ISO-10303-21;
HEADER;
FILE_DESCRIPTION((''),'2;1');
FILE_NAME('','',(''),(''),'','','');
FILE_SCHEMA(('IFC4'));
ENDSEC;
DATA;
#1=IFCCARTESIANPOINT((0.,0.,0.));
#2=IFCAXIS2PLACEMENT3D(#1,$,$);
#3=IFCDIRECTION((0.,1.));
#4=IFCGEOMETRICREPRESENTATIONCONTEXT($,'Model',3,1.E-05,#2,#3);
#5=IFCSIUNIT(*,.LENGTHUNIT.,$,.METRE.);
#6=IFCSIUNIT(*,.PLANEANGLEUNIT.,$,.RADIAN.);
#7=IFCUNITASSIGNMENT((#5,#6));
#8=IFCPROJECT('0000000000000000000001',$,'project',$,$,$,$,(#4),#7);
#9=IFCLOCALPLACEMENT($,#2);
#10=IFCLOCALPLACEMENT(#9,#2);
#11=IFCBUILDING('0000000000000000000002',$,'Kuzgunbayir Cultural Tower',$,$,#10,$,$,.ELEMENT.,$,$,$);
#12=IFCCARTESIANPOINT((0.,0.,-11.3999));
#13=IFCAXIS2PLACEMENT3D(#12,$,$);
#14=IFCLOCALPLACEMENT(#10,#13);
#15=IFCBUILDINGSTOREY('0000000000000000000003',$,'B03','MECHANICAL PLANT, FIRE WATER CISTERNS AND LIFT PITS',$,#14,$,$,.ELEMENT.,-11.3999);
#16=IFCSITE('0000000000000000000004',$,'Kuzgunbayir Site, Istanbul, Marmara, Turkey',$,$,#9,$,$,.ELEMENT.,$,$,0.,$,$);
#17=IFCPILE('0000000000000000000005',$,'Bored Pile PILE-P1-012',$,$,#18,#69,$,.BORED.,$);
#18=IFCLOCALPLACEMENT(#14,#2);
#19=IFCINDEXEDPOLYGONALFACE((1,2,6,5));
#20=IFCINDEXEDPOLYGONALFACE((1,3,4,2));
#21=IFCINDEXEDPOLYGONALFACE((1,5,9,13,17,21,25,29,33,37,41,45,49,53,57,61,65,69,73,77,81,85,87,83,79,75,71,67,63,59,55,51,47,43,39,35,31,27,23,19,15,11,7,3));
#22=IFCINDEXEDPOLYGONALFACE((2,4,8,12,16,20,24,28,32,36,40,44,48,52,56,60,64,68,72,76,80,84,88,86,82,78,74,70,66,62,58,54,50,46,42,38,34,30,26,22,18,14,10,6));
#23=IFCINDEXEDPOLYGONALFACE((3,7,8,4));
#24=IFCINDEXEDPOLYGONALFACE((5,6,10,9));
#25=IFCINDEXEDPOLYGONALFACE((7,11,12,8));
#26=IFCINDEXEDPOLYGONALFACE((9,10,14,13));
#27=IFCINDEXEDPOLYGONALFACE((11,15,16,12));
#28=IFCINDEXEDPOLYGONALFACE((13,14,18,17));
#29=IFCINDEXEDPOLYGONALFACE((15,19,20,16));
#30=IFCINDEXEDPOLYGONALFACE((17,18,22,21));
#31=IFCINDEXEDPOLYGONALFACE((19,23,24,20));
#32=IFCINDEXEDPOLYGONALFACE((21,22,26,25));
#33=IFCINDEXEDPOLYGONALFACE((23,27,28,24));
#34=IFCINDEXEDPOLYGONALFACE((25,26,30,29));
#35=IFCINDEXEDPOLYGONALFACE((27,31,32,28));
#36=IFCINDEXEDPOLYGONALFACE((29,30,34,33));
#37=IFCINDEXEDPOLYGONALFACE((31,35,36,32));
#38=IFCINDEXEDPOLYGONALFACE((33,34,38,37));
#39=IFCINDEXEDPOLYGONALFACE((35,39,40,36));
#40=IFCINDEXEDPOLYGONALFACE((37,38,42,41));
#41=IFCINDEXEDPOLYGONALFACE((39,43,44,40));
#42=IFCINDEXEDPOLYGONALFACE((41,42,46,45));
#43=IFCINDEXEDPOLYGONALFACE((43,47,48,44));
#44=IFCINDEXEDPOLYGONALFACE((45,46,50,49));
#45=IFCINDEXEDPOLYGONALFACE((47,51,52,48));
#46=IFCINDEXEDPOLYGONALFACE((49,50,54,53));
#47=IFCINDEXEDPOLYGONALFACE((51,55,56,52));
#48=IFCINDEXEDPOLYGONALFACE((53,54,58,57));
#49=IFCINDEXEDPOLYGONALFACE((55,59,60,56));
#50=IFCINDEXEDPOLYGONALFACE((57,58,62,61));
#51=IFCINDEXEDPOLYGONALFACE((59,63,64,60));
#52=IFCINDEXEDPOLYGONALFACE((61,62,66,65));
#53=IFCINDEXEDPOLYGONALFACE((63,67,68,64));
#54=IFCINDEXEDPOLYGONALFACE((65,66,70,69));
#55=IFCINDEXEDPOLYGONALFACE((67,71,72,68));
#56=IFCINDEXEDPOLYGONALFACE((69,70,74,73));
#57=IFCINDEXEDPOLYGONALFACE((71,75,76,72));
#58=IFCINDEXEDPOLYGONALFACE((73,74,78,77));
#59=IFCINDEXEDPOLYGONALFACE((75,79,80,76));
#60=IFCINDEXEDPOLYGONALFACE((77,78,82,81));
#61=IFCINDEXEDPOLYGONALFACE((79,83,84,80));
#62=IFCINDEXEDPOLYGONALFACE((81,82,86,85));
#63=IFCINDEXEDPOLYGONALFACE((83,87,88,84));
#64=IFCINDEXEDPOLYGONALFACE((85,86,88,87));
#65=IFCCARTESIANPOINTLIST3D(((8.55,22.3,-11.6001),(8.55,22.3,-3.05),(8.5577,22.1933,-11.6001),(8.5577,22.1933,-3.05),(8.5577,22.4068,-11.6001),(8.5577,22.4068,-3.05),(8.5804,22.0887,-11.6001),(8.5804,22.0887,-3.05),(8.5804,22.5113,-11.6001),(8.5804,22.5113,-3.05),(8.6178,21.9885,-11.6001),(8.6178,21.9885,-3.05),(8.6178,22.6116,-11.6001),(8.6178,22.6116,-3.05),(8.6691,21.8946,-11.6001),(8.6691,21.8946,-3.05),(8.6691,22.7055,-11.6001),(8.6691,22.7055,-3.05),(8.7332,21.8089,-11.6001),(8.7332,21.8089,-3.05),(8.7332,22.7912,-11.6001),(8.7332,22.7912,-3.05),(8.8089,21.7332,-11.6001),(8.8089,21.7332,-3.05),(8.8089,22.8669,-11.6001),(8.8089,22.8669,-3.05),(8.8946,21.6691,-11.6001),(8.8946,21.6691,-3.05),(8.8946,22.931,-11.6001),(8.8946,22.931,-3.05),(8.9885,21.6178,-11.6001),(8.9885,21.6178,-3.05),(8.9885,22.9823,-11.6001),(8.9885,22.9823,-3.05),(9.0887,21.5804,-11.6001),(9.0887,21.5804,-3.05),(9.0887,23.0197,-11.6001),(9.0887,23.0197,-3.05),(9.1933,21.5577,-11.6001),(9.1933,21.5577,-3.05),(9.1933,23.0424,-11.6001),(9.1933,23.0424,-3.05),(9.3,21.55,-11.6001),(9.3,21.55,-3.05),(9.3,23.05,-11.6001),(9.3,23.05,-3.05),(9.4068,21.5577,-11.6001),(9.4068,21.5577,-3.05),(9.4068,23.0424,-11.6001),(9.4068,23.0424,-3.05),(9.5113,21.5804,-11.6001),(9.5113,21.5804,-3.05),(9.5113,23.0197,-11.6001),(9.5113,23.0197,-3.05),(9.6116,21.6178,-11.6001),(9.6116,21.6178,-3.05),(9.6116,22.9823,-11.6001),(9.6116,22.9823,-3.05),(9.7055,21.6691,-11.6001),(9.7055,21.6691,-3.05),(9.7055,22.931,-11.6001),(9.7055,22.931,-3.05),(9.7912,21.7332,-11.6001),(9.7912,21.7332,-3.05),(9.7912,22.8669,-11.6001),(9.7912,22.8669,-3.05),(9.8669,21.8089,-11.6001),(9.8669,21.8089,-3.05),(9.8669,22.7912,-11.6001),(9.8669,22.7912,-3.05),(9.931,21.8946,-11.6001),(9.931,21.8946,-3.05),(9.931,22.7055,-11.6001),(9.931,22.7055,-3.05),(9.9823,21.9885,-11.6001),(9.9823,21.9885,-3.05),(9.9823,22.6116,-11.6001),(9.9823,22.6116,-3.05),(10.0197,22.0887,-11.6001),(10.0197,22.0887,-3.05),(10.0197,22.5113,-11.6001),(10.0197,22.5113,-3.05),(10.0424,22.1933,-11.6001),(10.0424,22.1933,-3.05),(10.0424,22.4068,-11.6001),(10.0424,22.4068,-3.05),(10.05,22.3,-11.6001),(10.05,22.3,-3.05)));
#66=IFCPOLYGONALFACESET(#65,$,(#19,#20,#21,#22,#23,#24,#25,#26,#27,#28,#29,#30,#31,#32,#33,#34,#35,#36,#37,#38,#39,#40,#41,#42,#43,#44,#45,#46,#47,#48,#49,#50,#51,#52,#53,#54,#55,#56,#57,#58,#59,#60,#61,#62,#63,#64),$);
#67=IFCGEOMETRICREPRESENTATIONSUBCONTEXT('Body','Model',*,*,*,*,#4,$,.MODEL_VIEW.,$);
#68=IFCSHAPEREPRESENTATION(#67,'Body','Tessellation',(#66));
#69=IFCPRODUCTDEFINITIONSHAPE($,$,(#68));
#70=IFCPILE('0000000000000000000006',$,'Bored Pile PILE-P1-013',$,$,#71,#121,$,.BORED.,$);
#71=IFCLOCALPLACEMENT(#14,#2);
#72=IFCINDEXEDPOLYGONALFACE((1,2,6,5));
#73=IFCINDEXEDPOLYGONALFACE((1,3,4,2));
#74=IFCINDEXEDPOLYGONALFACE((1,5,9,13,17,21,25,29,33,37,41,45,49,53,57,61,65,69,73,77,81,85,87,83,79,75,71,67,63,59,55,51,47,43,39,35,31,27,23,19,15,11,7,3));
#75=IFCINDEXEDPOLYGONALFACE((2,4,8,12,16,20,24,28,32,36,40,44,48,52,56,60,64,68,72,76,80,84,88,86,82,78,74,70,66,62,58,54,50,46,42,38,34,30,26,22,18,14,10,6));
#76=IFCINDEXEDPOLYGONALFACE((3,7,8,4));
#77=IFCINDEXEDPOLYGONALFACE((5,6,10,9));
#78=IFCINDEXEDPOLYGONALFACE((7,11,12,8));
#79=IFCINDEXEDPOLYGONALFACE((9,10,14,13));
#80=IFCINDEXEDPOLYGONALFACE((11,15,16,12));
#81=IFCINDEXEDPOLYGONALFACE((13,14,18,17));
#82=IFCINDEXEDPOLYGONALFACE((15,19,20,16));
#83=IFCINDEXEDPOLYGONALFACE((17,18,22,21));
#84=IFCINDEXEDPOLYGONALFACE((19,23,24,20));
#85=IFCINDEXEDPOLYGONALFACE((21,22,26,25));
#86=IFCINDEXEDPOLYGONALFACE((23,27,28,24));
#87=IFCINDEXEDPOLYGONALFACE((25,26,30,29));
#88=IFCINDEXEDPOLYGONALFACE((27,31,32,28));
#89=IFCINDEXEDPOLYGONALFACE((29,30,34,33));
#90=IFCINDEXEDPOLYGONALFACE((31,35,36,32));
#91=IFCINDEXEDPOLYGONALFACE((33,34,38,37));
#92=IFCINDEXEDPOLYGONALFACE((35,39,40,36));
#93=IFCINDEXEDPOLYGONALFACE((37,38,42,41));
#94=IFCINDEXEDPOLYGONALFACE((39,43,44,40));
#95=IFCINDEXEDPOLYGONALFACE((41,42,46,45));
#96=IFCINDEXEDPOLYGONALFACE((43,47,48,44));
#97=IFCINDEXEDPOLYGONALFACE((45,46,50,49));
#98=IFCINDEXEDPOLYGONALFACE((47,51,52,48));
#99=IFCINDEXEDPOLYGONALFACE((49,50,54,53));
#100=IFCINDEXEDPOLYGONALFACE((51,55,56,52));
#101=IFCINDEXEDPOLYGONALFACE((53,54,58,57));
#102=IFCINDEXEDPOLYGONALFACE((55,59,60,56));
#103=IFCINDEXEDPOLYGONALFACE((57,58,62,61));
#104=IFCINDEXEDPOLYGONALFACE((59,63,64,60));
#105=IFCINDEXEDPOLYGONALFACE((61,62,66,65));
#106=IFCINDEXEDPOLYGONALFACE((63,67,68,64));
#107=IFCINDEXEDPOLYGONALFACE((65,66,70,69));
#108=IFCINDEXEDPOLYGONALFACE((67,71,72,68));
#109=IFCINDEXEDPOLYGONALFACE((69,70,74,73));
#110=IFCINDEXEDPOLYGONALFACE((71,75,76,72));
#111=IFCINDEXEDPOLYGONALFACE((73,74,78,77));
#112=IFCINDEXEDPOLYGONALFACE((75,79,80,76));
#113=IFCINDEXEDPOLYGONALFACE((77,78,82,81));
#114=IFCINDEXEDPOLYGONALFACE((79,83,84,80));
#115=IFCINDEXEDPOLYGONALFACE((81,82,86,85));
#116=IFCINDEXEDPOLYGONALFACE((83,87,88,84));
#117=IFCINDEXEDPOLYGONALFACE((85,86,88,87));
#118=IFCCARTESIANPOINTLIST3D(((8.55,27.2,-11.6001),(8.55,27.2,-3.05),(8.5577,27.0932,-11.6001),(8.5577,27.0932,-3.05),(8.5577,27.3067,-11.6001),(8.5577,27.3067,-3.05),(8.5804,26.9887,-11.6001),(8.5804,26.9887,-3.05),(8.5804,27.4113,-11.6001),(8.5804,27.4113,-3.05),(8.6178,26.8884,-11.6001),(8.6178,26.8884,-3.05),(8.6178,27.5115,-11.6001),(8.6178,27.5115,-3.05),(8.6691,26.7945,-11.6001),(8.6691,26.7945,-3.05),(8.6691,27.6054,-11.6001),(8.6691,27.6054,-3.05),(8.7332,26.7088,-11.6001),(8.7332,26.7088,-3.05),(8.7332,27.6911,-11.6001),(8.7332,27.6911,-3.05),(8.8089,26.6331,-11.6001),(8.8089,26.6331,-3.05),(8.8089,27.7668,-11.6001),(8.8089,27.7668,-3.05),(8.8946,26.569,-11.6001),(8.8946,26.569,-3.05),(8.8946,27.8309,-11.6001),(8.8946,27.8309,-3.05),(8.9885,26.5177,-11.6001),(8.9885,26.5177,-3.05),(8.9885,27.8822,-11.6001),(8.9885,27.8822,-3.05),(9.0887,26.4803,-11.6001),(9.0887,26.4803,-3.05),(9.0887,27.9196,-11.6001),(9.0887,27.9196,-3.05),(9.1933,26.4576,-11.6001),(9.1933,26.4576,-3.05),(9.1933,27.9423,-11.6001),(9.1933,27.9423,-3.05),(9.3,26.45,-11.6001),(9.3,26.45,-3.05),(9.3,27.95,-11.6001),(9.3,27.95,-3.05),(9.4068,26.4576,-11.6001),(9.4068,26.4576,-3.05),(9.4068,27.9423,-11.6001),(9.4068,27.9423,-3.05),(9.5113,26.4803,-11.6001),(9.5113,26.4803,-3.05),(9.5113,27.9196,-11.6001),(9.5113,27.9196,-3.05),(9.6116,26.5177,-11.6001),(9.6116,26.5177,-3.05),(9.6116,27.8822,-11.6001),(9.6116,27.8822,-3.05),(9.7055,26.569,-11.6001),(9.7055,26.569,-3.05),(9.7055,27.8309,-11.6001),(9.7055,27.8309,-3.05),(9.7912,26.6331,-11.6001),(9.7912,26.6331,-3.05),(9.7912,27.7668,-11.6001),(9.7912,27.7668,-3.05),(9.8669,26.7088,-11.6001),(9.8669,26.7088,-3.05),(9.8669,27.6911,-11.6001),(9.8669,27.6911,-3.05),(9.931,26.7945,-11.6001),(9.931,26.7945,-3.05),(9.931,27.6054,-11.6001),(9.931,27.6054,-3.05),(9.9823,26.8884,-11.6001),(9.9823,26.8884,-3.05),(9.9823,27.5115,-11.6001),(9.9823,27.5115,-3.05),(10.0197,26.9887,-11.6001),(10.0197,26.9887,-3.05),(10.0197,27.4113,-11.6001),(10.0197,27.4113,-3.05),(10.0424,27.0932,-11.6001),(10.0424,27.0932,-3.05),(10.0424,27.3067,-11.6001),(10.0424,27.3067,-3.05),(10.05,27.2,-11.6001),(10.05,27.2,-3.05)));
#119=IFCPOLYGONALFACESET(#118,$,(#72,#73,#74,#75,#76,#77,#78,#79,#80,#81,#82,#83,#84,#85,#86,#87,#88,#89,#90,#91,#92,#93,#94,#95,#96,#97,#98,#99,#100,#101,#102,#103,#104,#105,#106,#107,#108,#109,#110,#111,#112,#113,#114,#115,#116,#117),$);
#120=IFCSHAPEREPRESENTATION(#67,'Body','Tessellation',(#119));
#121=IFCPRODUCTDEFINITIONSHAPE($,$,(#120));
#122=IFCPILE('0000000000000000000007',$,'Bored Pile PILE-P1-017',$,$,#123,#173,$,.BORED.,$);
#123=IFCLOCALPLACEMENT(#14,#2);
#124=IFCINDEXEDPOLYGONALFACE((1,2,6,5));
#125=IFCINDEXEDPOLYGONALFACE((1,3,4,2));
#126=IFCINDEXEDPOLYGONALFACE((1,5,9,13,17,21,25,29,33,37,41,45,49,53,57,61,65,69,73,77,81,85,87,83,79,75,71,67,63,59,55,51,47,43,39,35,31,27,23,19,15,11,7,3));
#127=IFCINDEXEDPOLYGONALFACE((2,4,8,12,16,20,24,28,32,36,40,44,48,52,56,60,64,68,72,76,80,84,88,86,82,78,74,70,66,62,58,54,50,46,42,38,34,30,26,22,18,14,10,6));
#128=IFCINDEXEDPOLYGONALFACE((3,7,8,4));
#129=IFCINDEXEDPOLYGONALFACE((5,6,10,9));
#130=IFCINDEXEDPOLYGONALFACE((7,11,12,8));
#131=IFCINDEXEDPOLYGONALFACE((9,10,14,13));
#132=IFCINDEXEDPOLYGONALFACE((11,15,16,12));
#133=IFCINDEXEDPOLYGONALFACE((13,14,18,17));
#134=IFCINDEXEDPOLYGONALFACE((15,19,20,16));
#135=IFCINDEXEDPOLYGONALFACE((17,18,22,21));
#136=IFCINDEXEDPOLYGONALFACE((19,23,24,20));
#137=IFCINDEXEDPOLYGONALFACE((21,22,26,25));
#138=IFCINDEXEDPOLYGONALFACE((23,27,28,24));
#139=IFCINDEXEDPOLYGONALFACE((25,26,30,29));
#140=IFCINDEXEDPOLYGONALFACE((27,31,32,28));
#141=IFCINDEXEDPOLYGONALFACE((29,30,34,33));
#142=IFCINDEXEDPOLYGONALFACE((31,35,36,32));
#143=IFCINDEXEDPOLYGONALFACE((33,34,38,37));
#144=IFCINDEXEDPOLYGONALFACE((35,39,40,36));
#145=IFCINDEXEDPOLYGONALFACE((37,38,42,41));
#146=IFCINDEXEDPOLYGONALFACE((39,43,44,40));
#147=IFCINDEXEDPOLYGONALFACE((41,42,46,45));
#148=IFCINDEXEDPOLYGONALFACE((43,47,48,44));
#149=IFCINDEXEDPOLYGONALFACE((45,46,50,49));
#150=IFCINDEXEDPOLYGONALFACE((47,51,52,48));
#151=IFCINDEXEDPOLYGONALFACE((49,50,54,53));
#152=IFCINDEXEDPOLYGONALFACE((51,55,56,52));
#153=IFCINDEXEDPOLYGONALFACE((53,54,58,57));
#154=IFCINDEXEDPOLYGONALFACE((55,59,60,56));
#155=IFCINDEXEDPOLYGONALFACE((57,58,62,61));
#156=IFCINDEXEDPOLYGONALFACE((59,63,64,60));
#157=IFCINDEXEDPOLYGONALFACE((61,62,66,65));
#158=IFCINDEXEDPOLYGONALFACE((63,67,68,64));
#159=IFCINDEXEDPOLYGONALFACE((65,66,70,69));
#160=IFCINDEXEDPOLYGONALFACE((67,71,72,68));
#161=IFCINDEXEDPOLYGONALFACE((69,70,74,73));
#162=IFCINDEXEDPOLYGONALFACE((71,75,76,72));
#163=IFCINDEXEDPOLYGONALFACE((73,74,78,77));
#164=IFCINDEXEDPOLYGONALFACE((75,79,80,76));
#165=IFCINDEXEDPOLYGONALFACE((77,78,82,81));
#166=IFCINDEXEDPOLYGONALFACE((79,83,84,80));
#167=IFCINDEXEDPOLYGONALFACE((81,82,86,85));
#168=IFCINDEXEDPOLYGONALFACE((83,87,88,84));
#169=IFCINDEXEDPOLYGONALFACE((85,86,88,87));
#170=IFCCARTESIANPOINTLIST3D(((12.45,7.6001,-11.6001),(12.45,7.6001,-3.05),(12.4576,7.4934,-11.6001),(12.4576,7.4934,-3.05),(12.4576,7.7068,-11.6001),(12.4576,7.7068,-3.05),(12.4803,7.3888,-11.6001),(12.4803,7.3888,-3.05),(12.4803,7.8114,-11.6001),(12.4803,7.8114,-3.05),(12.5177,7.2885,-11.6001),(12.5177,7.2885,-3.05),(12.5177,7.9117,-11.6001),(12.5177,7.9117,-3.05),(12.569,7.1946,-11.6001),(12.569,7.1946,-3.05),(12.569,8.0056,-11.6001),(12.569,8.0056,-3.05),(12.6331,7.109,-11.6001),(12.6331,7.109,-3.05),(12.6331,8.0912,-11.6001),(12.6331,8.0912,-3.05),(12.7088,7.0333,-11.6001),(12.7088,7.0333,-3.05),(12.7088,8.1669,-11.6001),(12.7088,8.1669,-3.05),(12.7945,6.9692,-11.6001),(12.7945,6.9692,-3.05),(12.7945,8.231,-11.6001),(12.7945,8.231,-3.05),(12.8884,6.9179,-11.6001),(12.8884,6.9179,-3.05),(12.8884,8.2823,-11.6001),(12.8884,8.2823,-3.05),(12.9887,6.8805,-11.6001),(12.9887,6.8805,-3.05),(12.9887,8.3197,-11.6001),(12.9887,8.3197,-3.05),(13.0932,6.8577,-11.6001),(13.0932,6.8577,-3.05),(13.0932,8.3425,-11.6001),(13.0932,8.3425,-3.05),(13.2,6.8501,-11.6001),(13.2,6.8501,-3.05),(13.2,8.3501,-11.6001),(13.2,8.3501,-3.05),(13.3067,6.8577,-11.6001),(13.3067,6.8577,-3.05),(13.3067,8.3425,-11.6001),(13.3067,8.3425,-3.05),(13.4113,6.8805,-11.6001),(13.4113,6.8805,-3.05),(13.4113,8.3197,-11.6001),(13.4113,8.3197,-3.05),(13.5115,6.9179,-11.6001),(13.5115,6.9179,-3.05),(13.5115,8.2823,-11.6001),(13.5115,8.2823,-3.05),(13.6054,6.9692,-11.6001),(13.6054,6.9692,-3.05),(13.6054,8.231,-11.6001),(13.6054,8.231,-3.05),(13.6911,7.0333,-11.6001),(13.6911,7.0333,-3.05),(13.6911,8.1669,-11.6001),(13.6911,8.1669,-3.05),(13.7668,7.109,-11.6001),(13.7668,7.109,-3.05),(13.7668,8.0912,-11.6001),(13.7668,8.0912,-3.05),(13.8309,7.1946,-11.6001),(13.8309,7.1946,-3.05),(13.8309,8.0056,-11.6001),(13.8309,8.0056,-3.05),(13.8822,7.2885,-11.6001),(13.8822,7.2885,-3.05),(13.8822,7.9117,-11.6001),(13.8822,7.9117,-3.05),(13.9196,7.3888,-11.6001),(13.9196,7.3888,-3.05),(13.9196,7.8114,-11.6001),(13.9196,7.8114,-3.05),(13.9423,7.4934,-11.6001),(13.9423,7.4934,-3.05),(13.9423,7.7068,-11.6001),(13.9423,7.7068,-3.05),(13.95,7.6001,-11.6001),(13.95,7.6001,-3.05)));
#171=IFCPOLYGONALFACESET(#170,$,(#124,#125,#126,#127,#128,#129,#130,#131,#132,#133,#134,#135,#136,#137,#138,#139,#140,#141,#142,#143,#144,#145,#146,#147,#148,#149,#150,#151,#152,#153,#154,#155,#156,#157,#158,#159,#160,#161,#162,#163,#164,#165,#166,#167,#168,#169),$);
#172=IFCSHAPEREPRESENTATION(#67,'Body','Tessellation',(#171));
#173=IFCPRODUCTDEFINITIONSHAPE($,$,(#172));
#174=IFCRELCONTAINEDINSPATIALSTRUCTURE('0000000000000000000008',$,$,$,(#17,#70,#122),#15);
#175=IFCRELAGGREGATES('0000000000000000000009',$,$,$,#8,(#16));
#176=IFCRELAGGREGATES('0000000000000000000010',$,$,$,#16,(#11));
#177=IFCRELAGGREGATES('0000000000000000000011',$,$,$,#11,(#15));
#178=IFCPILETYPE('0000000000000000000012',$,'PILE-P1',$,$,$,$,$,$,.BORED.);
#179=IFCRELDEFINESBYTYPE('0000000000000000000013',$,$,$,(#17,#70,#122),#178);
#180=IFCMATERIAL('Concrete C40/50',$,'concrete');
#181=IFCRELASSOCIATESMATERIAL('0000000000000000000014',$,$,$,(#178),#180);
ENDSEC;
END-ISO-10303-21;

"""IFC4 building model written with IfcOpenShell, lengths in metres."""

from ifc_helpers import new_model, si_unit, direction, frame, origin, origin_2d, place, context, subcontext, project, spatial, circle, extrude, material, material_profile, profile_set, type_object, element, save


model = new_model("IFC4")

# Units and contexts
model_context = context("Model", 3, precision=1e-05, world=origin(), true_north=direction((0.0, 1.0)))
body_context = subcontext(model_context, "Body", "Model", "MODEL_VIEW")
ifc_project = project(units=[si_unit("LENGTHUNIT", "METRE"), si_unit("PLANEANGLEUNIT", "RADIAN")], contexts=[model_context])

# Site, building, storey
site_placement = place(None, origin())
site = spatial("IfcSite", under=ifc_project, at=site_placement, Name="Kuzgunbayir Site, Istanbul, Marmara, Turkey", CompositionType="ELEMENT", RefElevation=0.0)
building_placement = place(site_placement, origin())
building = spatial("IfcBuilding", under=site, at=building_placement, Name="Kuzgunbayir Cultural Tower", CompositionType="ELEMENT")
storey_placement = place(building_placement, frame((0.0, 0.0, -11.3999)))
storey = spatial("IfcBuildingStorey", under=building, at=storey_placement, Name="B03", Description="MECHANICAL PLANT, FIRE WATER CISTERNS AND LIFT PITS", CompositionType="ELEMENT", Elevation=-11.3999)

# Shared definitions
ifc_material_1 = material(Name="Concrete C40/50", Category="concrete")

# Piles
ifc_material_profile_1 = material_profile(ifc_material_1, circle(Radius=0.75, at=origin_2d()), Name="BORED PILE 1500")
ifc_profile_set_1 = profile_set([ifc_material_profile_1], Name="Concrete C40/50")
pile_type_1 = type_object("IfcPileType", Name="PILE-P1", PredefinedType="BORED", material=ifc_profile_set_1)
for number, where, z_axis, x_axis, name in (
    (1, (9.3, 22.3, -3.05), (0.0, 0.0, -1.0), (1.0, 0.0, 0.0), "Bored Pile PILE-P1-012"),
    (2, (9.3, 27.2, -3.05), (0.0, 0.0, -1.0), (1.0, 0.0, 0.0), "Bored Pile PILE-P1-013"),
    (3, (13.2, 7.6001, -3.05), (0.0, 0.0, -1.0), (1.0, 0.0, 0.0), "Bored Pile PILE-P1-017"),
):
    element("IfcPile", number, at=place(storey_placement, frame(where, z_axis=z_axis, x_axis=x_axis)), inside=storey, type_object=pile_type_1, Name=name, PredefinedType="BORED", context=body_context, shape_type="SweptSolid", body=[
        extrude(circle(Radius=0.75, at=origin_2d()), origin(), (0.0, 0.0, 1.0), 8.55),
    ])

save(model, "model.ifc")
